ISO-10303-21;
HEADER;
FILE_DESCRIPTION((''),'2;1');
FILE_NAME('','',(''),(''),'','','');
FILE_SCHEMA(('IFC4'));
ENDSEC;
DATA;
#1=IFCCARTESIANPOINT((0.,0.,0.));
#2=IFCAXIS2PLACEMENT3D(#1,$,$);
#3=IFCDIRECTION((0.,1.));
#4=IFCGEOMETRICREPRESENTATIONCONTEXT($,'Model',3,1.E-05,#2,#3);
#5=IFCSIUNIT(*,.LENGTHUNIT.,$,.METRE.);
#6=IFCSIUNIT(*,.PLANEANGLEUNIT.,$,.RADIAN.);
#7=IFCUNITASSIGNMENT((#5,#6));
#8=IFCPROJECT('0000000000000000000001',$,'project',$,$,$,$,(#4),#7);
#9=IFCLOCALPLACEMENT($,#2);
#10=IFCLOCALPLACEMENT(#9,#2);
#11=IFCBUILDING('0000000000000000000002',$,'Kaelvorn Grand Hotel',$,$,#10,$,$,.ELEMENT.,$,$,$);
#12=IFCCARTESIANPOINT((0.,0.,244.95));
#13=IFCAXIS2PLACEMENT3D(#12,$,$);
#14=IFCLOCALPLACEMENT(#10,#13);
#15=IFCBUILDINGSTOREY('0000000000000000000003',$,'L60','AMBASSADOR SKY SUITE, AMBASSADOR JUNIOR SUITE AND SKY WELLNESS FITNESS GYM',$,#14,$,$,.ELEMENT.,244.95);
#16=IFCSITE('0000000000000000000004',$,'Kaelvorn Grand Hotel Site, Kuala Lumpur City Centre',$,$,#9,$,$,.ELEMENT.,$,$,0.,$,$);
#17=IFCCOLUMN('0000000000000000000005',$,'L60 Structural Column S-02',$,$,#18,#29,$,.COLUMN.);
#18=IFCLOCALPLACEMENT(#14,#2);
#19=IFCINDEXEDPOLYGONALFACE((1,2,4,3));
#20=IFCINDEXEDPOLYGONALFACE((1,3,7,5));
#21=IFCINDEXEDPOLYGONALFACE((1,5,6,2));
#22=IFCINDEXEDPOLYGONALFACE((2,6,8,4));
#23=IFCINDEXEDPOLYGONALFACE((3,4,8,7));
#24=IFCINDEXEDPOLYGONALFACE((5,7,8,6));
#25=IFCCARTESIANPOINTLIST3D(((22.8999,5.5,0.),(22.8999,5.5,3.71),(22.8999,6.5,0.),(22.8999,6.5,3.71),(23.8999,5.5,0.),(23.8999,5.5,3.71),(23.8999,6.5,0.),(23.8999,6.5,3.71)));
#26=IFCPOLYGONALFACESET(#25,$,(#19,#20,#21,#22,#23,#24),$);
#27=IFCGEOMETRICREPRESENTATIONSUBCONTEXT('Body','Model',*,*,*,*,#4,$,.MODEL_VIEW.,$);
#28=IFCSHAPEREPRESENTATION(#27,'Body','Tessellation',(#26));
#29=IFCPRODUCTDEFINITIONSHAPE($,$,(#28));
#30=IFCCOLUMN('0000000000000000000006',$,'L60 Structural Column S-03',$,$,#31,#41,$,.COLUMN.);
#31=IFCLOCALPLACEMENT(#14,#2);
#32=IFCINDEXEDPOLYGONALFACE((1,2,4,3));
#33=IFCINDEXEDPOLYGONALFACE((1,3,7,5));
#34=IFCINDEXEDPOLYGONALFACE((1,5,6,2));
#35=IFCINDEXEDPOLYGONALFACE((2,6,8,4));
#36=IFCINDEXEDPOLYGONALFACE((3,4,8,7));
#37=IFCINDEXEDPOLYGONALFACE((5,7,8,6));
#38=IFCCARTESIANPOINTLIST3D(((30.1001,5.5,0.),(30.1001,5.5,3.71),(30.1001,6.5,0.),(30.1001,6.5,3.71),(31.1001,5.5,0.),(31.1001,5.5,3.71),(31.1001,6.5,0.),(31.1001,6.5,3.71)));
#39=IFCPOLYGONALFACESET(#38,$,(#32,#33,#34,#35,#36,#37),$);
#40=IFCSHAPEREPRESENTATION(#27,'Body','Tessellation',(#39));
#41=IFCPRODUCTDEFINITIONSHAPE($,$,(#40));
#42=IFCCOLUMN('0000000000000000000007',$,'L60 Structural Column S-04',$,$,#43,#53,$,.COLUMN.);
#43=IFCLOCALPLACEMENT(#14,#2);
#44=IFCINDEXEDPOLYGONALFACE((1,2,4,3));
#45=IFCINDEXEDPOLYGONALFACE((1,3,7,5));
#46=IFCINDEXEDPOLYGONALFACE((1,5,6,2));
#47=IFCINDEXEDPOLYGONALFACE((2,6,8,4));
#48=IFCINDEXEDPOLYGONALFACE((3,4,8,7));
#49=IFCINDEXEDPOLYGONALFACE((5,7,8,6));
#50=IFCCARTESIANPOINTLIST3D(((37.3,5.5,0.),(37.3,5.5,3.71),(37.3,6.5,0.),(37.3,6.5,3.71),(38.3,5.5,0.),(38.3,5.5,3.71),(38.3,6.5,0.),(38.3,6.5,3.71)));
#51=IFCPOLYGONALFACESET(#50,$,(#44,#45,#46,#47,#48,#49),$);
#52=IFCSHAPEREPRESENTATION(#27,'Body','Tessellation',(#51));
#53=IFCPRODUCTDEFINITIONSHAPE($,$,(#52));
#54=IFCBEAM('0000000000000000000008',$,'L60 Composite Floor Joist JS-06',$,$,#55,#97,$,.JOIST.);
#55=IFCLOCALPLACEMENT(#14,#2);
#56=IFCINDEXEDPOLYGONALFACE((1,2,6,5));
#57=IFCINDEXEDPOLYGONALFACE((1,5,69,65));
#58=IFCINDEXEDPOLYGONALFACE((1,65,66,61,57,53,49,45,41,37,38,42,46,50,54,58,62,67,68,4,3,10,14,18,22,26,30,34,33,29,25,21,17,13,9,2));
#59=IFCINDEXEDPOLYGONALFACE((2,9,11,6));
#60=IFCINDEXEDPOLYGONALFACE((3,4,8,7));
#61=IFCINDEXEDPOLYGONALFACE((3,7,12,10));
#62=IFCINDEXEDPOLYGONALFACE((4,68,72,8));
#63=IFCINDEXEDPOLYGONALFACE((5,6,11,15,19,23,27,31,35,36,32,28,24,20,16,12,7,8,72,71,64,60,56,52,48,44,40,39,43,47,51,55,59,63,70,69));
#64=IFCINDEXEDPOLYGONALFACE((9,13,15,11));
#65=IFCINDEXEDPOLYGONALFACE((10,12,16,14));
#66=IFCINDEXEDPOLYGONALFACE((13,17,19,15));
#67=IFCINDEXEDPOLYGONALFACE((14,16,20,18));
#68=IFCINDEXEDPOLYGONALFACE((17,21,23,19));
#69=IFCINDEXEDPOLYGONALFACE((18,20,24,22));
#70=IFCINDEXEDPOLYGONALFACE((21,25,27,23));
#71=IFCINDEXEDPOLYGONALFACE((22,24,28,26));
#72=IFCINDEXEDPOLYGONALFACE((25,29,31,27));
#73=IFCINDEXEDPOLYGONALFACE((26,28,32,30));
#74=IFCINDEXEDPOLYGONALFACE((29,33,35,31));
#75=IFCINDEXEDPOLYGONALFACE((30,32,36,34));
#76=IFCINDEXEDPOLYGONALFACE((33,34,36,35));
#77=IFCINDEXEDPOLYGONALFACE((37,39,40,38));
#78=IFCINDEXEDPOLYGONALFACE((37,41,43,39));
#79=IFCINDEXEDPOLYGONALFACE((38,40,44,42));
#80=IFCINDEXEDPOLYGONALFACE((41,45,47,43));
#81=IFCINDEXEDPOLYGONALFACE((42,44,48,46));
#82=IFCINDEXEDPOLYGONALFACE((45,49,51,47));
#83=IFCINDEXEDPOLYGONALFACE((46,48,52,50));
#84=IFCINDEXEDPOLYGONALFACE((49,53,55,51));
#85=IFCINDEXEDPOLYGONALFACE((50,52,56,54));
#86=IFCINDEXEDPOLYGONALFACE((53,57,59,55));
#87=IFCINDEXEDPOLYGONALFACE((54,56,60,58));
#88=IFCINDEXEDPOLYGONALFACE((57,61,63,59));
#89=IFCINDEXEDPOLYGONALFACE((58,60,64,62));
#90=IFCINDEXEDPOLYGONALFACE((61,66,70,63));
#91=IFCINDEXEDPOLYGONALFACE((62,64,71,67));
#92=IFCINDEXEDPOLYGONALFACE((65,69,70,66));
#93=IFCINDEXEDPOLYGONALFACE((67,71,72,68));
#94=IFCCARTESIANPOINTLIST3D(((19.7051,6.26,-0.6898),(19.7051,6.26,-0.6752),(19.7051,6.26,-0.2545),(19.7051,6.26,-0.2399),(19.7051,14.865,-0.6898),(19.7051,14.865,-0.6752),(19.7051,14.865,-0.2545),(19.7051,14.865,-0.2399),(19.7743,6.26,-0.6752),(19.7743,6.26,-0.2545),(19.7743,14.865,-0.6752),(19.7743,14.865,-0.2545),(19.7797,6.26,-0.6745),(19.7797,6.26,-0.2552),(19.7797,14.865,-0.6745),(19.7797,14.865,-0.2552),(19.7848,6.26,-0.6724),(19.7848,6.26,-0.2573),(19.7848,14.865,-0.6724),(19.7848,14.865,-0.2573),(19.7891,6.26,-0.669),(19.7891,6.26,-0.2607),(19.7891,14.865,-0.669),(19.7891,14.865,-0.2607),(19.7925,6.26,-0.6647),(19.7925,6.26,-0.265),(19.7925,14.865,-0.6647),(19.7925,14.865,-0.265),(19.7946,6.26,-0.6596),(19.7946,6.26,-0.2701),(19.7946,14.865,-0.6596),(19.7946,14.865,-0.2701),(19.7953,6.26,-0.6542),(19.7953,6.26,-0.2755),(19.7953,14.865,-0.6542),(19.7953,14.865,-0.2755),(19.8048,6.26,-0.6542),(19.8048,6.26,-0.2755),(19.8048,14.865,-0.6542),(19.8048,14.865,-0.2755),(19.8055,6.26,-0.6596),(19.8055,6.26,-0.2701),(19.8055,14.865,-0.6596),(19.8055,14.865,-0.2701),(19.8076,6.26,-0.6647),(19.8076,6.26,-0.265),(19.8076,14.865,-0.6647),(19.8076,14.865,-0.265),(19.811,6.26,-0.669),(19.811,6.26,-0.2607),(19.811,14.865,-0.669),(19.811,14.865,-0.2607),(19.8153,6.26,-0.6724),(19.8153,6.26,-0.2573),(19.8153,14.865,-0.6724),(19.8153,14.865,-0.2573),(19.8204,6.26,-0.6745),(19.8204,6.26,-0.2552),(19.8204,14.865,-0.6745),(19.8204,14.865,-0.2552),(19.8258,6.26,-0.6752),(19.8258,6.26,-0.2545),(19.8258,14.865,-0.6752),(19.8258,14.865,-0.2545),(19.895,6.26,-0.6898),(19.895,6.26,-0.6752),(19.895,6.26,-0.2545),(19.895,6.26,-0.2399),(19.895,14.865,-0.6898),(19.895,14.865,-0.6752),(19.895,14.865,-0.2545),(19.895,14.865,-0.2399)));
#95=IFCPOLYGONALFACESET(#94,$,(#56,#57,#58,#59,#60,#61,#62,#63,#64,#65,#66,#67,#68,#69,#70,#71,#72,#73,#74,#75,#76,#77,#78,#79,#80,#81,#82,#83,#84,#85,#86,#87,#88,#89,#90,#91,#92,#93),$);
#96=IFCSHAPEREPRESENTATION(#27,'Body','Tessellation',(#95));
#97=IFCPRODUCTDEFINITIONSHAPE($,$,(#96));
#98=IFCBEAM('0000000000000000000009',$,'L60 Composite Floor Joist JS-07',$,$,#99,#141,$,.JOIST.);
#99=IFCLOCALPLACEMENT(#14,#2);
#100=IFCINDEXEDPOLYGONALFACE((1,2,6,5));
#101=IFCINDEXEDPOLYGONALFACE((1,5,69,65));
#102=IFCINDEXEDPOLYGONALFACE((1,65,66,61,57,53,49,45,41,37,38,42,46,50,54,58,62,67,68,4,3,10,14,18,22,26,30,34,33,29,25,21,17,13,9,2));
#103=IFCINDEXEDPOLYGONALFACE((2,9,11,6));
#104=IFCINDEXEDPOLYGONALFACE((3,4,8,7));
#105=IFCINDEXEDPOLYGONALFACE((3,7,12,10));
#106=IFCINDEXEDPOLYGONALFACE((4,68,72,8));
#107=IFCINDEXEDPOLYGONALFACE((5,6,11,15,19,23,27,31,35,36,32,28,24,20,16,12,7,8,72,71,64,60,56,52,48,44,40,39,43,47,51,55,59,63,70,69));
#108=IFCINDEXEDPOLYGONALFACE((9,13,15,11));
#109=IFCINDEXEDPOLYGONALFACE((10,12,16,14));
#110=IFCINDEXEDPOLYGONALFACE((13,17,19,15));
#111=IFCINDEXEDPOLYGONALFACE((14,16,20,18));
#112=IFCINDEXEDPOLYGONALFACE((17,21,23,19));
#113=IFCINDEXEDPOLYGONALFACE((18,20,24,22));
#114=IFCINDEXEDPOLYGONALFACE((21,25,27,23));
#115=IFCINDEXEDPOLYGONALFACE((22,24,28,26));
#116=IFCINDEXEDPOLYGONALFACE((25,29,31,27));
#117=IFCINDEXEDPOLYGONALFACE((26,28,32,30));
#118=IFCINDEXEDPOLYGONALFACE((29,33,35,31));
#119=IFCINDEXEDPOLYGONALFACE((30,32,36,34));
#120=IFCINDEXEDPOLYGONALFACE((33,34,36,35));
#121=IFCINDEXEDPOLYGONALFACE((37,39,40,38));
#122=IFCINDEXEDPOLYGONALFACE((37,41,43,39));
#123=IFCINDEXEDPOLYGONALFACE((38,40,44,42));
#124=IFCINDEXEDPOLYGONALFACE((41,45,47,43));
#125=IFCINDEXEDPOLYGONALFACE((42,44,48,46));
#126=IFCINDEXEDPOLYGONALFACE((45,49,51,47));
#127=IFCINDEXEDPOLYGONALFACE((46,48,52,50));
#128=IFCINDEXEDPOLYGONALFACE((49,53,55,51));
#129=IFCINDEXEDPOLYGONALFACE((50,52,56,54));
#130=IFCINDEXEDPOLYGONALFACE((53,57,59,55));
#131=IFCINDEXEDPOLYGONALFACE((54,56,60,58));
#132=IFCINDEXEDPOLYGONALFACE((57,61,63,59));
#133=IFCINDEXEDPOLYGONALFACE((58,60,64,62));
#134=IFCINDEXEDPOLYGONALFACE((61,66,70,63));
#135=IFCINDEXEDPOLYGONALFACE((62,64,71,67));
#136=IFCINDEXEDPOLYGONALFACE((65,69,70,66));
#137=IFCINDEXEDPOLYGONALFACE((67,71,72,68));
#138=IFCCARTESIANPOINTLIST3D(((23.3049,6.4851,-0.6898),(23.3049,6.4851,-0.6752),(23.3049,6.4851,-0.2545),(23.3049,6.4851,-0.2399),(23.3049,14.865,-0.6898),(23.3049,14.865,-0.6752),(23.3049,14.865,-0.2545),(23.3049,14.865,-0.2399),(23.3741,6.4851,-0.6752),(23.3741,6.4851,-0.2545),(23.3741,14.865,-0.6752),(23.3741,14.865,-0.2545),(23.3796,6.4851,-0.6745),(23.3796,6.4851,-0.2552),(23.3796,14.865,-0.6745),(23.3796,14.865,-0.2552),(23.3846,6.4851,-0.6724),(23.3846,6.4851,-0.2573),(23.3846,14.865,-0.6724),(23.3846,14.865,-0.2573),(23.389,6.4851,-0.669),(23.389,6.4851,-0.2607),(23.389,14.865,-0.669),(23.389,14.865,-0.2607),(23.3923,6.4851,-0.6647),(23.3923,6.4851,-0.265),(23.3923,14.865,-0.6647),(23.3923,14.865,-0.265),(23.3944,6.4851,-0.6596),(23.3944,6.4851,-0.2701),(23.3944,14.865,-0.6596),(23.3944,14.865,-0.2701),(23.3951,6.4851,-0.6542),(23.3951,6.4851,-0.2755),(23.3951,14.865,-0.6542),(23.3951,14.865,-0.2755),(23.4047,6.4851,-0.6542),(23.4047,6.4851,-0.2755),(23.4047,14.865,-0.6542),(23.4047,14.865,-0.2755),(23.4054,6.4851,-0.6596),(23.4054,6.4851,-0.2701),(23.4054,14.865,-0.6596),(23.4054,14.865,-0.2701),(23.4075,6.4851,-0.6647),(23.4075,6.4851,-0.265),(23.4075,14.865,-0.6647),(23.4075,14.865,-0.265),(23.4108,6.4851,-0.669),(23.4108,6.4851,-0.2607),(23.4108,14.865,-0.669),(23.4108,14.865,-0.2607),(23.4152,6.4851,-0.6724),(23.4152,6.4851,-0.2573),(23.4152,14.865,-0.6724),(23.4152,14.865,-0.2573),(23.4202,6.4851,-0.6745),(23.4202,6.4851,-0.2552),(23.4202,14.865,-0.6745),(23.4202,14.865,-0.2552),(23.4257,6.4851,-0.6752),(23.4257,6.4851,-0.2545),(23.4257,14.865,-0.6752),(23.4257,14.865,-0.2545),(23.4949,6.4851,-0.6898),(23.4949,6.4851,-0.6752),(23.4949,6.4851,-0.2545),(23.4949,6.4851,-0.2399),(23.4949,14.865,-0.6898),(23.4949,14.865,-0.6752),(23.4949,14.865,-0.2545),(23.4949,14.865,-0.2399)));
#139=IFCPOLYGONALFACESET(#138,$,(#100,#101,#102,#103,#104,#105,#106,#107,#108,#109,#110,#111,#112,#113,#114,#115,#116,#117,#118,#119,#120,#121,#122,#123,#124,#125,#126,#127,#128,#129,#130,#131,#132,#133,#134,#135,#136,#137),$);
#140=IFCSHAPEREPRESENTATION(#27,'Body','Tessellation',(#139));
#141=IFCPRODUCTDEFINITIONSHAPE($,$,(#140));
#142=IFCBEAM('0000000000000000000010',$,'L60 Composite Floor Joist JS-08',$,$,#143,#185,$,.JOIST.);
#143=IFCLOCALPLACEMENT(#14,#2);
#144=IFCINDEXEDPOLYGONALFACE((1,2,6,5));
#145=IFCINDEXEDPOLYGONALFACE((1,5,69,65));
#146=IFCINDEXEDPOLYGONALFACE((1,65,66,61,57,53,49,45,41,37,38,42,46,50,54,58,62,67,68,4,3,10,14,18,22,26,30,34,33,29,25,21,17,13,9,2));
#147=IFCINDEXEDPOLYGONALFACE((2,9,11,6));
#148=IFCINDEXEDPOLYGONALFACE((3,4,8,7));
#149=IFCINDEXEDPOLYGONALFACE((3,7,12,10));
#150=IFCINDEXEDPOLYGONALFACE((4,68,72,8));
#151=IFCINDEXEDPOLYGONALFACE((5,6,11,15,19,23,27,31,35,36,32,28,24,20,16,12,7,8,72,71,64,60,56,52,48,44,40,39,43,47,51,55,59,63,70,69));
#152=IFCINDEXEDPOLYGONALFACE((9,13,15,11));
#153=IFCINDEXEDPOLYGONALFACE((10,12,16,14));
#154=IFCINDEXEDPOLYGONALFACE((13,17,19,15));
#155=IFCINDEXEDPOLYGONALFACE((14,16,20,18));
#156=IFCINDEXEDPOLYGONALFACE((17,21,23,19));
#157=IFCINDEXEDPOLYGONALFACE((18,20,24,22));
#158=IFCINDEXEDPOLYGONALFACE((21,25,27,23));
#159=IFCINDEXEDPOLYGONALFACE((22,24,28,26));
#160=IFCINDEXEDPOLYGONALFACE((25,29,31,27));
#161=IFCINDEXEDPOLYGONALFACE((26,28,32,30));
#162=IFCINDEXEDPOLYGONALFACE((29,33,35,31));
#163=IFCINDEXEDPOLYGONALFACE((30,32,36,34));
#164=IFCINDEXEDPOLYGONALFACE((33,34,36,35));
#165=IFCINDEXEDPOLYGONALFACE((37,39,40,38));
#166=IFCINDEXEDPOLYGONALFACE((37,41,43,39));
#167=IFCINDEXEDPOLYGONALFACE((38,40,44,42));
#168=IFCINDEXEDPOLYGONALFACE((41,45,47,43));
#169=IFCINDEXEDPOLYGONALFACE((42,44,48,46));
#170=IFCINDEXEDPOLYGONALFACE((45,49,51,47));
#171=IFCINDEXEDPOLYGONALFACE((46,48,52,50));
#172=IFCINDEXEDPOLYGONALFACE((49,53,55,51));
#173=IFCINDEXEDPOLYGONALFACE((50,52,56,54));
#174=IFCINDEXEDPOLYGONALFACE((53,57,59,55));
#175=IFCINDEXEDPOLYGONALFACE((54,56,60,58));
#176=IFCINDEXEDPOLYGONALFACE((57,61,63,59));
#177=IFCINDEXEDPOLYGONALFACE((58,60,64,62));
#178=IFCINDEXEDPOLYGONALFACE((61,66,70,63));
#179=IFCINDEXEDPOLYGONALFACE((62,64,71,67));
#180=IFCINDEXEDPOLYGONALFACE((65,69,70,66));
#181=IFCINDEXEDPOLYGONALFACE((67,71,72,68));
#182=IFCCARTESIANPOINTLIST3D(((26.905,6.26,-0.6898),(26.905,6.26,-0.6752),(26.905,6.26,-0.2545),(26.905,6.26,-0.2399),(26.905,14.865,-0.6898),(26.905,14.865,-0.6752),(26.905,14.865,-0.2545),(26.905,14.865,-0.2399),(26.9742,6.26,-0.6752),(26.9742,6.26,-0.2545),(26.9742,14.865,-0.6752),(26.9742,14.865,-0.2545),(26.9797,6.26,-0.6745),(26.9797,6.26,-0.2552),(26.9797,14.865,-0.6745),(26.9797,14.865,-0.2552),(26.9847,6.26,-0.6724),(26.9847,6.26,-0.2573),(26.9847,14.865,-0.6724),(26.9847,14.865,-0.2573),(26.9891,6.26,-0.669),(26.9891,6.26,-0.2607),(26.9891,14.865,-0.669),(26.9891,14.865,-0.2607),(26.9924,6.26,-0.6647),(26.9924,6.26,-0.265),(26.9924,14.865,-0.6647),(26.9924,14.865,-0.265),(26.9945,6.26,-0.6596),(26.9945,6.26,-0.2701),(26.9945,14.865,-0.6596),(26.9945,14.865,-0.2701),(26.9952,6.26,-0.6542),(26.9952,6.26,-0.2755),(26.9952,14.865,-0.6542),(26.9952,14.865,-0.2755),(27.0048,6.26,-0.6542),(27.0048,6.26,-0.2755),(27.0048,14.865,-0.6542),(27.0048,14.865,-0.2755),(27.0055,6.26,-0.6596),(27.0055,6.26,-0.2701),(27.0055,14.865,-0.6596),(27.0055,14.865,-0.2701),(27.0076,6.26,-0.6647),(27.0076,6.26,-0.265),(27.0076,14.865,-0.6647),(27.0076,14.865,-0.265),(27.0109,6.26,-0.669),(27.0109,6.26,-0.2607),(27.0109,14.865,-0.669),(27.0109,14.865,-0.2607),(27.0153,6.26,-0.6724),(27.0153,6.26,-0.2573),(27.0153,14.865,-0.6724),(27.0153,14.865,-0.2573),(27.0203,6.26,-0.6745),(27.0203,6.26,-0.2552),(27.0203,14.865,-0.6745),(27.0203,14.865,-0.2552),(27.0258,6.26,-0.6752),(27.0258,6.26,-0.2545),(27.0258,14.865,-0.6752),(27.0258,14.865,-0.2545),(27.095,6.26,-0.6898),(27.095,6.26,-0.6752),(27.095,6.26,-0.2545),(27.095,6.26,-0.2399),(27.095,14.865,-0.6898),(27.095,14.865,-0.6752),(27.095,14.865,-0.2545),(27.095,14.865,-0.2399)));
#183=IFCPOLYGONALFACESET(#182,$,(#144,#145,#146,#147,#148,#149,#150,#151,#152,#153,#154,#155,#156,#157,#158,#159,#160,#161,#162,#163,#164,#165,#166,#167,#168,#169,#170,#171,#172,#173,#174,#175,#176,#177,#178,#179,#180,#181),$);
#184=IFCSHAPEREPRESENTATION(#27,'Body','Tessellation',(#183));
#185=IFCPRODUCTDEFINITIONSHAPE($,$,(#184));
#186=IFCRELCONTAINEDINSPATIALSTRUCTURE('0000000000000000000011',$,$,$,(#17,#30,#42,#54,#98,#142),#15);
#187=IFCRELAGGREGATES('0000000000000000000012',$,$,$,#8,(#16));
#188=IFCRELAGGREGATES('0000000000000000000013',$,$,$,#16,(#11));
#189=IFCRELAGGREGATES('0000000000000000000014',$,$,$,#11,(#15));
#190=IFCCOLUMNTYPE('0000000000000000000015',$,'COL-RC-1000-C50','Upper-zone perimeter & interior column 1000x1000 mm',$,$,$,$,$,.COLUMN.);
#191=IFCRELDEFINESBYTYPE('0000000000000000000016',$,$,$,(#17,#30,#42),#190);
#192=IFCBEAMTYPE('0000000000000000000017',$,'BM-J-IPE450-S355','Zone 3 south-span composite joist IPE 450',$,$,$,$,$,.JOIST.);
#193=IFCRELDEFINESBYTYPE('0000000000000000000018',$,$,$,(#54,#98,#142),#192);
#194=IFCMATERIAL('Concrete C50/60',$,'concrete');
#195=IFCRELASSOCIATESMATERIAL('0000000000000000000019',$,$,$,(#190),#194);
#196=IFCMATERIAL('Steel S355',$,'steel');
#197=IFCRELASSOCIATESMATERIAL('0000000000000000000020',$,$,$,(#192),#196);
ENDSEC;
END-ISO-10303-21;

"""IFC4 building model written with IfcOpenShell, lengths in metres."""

from ifc_helpers import new_model, si_unit, direction, frame, origin, origin_2d, place, context, subcontext, project, spatial, rectangle, i_section, extrude, material, material_profile, profile_set, type_object, element, save


model = new_model("IFC4")

# Units and contexts
model_context = context("Model", 3, precision=1e-05, world=origin(), true_north=direction((0.0, 1.0)))
body_context = subcontext(model_context, "Body", "Model", "MODEL_VIEW")
ifc_project = project(units=[si_unit("LENGTHUNIT", "METRE"), si_unit("PLANEANGLEUNIT", "RADIAN")], contexts=[model_context])

# Site, building, storey
site_placement = place(None, origin())
site = spatial("IfcSite", under=ifc_project, at=site_placement, Name="Kaelvorn Grand Hotel Site, Kuala Lumpur City Centre", CompositionType="ELEMENT", RefElevation=0.0)
building_placement = place(site_placement, origin())
building = spatial("IfcBuilding", under=site, at=building_placement, Name="Kaelvorn Grand Hotel", CompositionType="ELEMENT")
storey_placement = place(building_placement, frame((0.0, 0.0, 244.95)))
storey = spatial("IfcBuildingStorey", under=building, at=storey_placement, Name="L60", Description="AMBASSADOR SKY SUITE, AMBASSADOR JUNIOR SUITE AND SKY WELLNESS FITNESS GYM", CompositionType="ELEMENT", Elevation=244.95)

# Columns
ifc_material_1 = material(Name="Concrete C50/60", Category="concrete")
ifc_material_profile_1 = material_profile(ifc_material_1, rectangle(XDim=1.0, YDim=1.0, at=origin_2d()), Name="RC COL 1000x1000")
ifc_profile_set_1 = profile_set([ifc_material_profile_1], Name="Concrete C50/60")
column_type = type_object("IfcColumnType", Name="COL-RC-1000-C50", Description="Upper-zone perimeter & interior column 1000x1000 mm", PredefinedType="COLUMN", material=ifc_profile_set_1)
for number, where, z_axis, x_axis, name in (
    (1, (23.3999, 6.0, 0.0), (0.0, 0.0, 1.0), (1.0, 0.0, 0.0), "L60 Structural Column S-02"),
    (2, (30.6001, 6.0, 0.0), (0.0, 0.0, 1.0), (1.0, 0.0, 0.0), "L60 Structural Column S-03"),
    (3, (37.8, 6.0, 0.0), (0.0, 0.0, 1.0), (1.0, 0.0, 0.0), "L60 Structural Column S-04"),
):
    element("IfcColumn", number, at=place(storey_placement, frame(where, z_axis=z_axis, x_axis=x_axis)), inside=storey, type_object=column_type, Name=name, PredefinedType="COLUMN", context=body_context, shape_type="SweptSolid", body=[
        extrude(rectangle(XDim=1.0, YDim=1.0, at=origin_2d()), origin(), (0.0, 0.0, 1.0), 3.71),
    ])

# Beams
ifc_material_2 = material(Name="Steel S355", Category="steel")
ifc_material_profile_2 = material_profile(ifc_material_2, i_section(OverallWidth=0.1899, OverallDepth=0.45, WebThickness=0.0095, FlangeThickness=0.0146, FilletRadius=0.021, at=origin_2d()), Name="IPE 450")
ifc_profile_set_2 = profile_set([ifc_material_profile_2], Name="Steel S355")
beam_type_1 = type_object("IfcBeamType", Name="BM-J-IPE450-S355", Description="Zone 3 south-span composite joist IPE 450", PredefinedType="JOIST", material=ifc_profile_set_2)
beam_1_placement = place(storey_placement, frame((19.8, 6.26, -0.4648), z_axis=(0.0, 1.0, 0.0), x_axis=(-1.0, 0.0, 0.0)))
element("IfcBeam", 4, at=beam_1_placement, inside=storey, type_object=beam_type_1, Name="L60 Composite Floor Joist JS-06", PredefinedType="JOIST", context=body_context, shape_type="SweptSolid", body=[
    extrude(i_section(OverallWidth=0.1899, OverallDepth=0.45, WebThickness=0.0095, FlangeThickness=0.0146, FilletRadius=0.021, at=origin_2d()), origin(), (0.0, 0.0, 1.0), 8.605),
])
beam_2_placement = place(storey_placement, frame((23.3999, 6.4851, -0.4648), z_axis=(0.0, 1.0, 0.0), x_axis=(-1.0, 0.0, 0.0)))
element("IfcBeam", 5, at=beam_2_placement, inside=storey, type_object=beam_type_1, Name="L60 Composite Floor Joist JS-07", PredefinedType="JOIST", context=body_context, shape_type="SweptSolid", body=[
    extrude(i_section(OverallWidth=0.1899, OverallDepth=0.45, WebThickness=0.0095, FlangeThickness=0.0146, FilletRadius=0.021, at=origin_2d()), origin(), (0.0, 0.0, 1.0), 8.3799),
])
beam_3_placement = place(storey_placement, frame((27.0, 6.26, -0.4648), z_axis=(0.0, 1.0, 0.0), x_axis=(-1.0, 0.0, 0.0)))
element("IfcBeam", 6, at=beam_3_placement, inside=storey, type_object=beam_type_1, Name="L60 Composite Floor Joist JS-08", PredefinedType="JOIST", context=body_context, shape_type="SweptSolid", body=[
    extrude(i_section(OverallWidth=0.1899, OverallDepth=0.45, WebThickness=0.0095, FlangeThickness=0.0146, FilletRadius=0.021, at=origin_2d()), origin(), (0.0, 0.0, 1.0), 8.605),
])

save(model, "model.ifc")
